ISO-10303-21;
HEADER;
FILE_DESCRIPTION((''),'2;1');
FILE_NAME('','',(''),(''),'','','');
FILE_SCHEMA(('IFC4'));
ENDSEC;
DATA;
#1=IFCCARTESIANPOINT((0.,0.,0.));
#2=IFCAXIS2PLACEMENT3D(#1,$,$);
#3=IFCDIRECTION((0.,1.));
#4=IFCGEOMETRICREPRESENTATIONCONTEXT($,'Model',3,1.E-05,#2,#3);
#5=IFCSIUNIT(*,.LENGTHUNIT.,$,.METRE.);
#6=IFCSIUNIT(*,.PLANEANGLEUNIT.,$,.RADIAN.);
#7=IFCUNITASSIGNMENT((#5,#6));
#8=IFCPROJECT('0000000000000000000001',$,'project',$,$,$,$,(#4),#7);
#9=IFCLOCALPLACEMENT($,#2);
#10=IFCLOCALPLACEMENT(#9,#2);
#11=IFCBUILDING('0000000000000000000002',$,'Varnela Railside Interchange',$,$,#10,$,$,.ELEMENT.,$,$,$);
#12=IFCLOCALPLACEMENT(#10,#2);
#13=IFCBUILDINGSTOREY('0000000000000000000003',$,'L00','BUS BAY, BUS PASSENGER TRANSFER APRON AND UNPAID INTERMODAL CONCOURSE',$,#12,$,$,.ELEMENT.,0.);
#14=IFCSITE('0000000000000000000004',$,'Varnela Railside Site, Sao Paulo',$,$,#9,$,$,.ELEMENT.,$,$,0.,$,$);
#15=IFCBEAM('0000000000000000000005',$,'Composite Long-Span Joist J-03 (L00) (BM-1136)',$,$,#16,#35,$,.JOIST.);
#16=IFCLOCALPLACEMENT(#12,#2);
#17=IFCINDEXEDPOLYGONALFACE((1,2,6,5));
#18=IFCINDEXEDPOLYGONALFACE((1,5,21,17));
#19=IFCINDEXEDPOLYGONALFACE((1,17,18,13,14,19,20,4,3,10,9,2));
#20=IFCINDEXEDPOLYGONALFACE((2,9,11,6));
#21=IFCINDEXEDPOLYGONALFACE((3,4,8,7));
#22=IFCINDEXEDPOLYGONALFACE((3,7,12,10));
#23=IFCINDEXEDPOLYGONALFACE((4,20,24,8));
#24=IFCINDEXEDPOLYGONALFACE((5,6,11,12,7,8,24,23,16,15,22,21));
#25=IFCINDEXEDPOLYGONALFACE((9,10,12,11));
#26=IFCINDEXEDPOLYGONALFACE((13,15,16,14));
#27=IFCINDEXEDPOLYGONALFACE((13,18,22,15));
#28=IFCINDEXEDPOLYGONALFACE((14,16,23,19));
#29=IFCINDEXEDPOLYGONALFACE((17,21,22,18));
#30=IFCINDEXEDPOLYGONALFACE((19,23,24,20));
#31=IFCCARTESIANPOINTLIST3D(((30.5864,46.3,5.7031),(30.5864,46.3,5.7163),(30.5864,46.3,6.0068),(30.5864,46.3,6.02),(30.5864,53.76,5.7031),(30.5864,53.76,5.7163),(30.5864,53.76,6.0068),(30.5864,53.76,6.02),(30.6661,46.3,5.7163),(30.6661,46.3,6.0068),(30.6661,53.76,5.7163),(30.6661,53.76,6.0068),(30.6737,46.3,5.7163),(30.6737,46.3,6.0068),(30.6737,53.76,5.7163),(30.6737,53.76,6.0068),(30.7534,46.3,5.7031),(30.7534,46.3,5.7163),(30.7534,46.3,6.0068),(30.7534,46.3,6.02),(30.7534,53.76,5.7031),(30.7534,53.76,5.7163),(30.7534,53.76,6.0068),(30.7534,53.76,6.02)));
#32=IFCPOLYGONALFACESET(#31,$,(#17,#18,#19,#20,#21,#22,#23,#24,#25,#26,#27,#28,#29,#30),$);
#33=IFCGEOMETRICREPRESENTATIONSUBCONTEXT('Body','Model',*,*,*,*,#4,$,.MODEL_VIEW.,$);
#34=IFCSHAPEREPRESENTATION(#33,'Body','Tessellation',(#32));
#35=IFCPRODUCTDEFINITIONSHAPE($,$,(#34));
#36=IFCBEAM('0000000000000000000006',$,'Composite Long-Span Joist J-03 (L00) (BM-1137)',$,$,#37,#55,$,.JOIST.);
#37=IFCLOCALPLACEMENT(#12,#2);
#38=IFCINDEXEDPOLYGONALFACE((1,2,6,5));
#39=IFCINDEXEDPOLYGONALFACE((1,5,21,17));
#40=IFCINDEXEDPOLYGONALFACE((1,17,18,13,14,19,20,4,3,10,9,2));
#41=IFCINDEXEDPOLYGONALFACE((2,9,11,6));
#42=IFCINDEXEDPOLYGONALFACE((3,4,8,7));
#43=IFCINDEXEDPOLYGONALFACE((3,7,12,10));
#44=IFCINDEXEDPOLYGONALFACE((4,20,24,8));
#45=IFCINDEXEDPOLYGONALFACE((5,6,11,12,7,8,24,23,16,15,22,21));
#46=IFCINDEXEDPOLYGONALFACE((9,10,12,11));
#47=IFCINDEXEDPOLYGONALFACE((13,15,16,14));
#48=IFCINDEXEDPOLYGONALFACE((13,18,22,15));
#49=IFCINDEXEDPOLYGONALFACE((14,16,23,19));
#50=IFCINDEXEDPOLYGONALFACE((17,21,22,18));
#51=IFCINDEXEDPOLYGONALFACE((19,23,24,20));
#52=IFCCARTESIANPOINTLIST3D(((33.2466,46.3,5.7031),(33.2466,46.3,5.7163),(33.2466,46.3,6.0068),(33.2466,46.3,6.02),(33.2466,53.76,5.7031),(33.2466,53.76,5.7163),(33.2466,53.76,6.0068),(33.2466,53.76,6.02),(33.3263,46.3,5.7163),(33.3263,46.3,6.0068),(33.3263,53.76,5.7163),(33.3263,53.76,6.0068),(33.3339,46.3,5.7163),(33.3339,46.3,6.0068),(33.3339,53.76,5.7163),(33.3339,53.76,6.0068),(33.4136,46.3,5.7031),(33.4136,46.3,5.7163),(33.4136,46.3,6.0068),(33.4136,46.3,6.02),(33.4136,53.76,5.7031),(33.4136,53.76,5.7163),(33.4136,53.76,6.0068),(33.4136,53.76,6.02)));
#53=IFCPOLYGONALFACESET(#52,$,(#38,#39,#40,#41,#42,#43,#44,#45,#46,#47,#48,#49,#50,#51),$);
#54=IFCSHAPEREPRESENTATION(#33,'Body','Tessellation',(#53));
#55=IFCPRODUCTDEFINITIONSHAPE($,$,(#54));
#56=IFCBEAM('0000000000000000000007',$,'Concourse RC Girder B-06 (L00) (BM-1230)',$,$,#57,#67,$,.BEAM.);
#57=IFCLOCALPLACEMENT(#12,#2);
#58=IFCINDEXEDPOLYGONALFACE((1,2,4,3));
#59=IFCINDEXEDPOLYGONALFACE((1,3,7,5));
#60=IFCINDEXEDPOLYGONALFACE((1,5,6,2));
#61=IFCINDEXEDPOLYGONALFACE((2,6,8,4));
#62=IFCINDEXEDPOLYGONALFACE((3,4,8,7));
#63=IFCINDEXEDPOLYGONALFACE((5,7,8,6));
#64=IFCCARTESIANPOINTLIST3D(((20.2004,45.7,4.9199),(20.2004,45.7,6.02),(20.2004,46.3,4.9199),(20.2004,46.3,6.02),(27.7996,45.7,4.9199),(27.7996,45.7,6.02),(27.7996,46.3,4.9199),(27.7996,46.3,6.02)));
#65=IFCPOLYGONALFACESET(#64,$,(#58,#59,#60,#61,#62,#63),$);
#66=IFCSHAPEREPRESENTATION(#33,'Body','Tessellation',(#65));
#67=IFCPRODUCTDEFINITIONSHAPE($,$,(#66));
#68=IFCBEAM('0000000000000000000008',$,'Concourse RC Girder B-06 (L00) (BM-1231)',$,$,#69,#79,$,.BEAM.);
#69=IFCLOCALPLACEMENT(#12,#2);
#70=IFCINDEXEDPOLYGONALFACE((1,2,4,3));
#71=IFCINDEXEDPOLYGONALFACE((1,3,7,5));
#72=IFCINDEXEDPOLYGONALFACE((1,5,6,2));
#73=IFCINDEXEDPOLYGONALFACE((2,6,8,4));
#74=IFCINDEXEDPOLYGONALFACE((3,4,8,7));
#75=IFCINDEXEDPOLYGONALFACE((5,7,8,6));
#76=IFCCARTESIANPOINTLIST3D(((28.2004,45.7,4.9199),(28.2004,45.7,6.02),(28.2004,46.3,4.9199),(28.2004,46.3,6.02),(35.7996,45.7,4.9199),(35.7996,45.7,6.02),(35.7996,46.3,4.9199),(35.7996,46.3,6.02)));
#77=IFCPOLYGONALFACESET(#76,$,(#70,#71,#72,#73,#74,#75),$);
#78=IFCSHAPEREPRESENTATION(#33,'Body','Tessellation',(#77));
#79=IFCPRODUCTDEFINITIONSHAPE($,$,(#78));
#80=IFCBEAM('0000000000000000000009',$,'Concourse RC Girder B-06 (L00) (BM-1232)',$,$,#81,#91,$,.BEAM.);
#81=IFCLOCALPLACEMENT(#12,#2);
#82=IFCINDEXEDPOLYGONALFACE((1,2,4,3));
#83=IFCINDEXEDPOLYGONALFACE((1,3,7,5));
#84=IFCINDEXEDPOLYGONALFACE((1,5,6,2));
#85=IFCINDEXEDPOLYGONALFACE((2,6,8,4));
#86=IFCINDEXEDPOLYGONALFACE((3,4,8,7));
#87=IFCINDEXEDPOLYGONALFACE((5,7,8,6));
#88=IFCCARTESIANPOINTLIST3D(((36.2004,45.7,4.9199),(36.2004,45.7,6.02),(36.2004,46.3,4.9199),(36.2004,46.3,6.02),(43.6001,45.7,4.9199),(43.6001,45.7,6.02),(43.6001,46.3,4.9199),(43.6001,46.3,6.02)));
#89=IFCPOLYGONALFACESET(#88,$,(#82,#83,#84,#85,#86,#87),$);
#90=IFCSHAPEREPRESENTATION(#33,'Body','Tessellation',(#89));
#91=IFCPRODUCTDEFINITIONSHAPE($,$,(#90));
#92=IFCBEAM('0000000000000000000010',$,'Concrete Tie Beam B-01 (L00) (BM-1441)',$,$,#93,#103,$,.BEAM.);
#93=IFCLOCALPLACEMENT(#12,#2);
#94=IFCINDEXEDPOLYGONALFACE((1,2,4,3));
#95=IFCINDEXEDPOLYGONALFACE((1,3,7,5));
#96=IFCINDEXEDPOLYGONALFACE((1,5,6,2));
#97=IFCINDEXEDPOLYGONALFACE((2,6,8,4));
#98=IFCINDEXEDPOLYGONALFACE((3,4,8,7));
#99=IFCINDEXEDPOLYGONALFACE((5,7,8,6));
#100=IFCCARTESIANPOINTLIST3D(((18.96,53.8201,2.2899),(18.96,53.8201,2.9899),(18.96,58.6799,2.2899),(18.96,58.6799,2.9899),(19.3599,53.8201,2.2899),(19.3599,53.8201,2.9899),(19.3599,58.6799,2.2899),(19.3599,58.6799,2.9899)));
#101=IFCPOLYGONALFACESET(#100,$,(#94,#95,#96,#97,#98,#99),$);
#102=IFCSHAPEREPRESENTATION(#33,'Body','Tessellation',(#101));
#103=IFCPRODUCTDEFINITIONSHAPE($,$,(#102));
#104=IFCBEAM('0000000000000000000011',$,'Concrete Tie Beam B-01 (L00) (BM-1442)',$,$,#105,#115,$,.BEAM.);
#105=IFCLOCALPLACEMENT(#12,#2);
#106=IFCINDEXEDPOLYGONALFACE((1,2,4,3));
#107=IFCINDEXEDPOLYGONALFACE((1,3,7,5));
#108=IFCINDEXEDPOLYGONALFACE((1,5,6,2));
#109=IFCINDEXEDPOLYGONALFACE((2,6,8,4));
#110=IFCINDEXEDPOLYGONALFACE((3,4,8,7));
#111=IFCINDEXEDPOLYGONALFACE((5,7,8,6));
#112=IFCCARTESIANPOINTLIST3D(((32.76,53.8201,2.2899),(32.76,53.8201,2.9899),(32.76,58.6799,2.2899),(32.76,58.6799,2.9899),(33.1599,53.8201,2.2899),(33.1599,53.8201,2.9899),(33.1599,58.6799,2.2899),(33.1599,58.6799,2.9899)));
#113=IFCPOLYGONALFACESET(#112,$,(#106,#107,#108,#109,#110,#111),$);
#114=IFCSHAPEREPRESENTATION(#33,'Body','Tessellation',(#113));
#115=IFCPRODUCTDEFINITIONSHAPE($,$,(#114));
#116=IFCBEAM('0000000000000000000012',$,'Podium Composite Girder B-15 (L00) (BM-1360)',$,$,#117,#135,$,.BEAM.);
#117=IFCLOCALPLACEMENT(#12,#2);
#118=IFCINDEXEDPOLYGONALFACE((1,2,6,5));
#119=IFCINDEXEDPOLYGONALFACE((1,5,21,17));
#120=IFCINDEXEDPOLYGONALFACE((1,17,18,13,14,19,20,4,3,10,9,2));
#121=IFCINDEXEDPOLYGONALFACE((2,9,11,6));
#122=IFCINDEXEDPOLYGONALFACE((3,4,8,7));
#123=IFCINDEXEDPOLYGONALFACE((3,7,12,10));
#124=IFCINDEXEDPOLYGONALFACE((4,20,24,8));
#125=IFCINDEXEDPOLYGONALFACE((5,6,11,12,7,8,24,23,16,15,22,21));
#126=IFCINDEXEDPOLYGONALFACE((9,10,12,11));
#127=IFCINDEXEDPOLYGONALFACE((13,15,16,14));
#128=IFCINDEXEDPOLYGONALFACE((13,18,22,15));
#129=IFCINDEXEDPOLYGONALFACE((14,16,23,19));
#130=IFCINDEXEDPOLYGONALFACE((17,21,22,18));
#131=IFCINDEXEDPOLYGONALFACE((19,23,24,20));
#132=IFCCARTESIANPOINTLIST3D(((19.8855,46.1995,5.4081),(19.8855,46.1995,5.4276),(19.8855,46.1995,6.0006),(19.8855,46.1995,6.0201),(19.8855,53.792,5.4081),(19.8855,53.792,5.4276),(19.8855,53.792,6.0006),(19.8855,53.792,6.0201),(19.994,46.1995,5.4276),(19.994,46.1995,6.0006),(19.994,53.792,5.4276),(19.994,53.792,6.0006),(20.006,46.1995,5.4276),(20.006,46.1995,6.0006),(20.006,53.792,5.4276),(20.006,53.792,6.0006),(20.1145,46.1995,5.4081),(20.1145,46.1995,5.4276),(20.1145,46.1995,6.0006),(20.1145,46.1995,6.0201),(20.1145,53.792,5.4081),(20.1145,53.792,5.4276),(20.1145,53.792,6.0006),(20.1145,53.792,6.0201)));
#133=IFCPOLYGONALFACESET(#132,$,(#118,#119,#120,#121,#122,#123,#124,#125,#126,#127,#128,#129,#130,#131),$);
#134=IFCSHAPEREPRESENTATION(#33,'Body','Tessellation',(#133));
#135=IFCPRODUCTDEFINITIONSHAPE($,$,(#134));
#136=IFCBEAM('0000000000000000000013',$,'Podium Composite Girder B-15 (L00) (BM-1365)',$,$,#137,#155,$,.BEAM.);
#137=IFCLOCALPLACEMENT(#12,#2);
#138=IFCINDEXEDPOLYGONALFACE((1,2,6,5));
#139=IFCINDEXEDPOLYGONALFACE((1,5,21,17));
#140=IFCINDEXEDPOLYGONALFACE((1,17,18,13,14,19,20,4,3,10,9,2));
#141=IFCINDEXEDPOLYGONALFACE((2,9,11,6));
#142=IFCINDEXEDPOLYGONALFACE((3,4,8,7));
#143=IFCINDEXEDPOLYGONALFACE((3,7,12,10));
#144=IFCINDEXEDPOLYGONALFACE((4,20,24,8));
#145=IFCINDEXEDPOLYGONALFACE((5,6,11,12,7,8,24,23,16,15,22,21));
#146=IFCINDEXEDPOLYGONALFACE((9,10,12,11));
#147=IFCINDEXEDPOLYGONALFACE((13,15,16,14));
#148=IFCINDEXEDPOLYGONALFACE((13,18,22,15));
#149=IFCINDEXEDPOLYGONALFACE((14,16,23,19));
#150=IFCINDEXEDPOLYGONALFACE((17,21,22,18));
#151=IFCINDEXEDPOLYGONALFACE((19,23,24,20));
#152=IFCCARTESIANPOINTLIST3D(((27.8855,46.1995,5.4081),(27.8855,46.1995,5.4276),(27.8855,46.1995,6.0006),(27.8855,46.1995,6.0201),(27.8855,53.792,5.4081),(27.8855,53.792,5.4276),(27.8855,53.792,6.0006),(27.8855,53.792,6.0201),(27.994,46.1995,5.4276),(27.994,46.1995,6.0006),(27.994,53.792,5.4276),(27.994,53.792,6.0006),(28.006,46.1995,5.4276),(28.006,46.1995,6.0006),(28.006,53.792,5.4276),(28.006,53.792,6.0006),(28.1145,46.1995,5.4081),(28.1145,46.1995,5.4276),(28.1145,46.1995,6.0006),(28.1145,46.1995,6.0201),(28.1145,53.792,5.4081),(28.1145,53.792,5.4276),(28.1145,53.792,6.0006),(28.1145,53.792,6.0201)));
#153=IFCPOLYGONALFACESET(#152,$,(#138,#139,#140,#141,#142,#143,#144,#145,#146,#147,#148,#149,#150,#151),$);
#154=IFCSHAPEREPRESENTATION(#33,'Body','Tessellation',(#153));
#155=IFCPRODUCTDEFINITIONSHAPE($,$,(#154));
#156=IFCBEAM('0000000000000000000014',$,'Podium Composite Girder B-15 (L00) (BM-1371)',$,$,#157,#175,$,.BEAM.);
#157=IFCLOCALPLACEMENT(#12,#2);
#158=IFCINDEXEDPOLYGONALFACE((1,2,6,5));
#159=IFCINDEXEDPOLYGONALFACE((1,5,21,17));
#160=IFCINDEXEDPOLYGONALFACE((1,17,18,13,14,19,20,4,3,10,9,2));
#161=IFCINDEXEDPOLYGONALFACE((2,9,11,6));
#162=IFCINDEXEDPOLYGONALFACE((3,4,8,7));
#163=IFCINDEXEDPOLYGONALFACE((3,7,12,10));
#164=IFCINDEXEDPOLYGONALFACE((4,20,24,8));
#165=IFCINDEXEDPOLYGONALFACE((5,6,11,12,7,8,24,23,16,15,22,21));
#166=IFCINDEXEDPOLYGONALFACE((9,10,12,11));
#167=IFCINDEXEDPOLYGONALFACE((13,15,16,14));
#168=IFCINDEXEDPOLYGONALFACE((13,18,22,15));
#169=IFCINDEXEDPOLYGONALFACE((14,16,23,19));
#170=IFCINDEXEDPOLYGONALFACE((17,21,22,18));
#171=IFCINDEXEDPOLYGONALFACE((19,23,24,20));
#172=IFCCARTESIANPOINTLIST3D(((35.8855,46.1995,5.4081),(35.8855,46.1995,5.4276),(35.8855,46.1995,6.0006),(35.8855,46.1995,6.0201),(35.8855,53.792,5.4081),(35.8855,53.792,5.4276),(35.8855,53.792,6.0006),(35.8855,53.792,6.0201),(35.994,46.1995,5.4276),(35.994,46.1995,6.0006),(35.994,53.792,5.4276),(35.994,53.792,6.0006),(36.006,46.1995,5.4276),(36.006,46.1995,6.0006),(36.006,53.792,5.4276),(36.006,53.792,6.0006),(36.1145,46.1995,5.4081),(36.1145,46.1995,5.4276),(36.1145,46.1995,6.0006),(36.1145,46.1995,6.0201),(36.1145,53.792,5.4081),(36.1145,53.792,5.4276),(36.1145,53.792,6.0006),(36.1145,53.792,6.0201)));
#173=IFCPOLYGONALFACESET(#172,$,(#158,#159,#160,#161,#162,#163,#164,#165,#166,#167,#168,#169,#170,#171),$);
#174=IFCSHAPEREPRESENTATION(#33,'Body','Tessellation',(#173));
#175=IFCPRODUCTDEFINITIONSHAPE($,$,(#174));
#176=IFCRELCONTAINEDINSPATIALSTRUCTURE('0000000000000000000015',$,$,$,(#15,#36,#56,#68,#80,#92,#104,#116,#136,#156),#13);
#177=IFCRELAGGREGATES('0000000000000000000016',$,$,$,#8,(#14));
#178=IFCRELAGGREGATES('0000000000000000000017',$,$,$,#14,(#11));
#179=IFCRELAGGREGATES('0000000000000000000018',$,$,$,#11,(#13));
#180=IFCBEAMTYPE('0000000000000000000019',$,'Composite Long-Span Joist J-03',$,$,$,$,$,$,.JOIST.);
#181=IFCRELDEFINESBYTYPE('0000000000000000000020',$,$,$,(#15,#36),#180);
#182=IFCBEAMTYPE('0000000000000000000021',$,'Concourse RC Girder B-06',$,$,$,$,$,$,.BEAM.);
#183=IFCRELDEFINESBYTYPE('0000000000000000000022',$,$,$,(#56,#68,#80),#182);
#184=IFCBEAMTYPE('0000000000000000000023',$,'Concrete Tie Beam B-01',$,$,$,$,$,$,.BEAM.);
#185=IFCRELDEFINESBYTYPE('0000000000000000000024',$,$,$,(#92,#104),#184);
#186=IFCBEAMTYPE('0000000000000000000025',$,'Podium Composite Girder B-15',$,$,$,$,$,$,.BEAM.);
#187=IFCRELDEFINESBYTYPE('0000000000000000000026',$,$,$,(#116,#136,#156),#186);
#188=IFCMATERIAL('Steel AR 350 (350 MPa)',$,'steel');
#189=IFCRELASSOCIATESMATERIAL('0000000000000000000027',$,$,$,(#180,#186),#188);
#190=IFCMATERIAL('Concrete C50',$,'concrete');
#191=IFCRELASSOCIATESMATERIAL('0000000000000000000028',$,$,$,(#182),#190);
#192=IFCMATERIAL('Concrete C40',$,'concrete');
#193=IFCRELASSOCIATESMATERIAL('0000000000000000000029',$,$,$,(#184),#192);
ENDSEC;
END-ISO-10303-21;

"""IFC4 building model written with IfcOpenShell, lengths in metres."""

from ifc_helpers import new_model, si_unit, direction, frame, origin, origin_2d, place, context, subcontext, project, spatial, rectangle, i_section, extrude, material, material_profile, profile_set, type_object, element, save


model = new_model("IFC4")

# Units and contexts
model_context = context("Model", 3, precision=1e-05, world=origin(), true_north=direction((0.0, 1.0)))
body_context = subcontext(model_context, "Body", "Model", "MODEL_VIEW")
ifc_project = project(units=[si_unit("LENGTHUNIT", "METRE"), si_unit("PLANEANGLEUNIT", "RADIAN")], contexts=[model_context])

# Site, building, storey
site_placement = place(None, origin())
site = spatial("IfcSite", under=ifc_project, at=site_placement, Name="Varnela Railside Site, Sao Paulo", CompositionType="ELEMENT", RefElevation=0.0)
building_placement = place(site_placement, origin())
building = spatial("IfcBuilding", under=site, at=building_placement, Name="Varnela Railside Interchange", CompositionType="ELEMENT")
storey_placement = place(building_placement, origin())
storey = spatial("IfcBuildingStorey", under=building, at=storey_placement, Name="L00", Description="BUS BAY, BUS PASSENGER TRANSFER APRON AND UNPAID INTERMODAL CONCOURSE", CompositionType="ELEMENT", Elevation=0.0)

# Shared definitions
ifc_material_1 = material(Name="Steel AR 350 (350 MPa)", Category="steel")

# Beams
ifc_material_profile_1 = material_profile(ifc_material_1, i_section(OverallWidth=0.167, OverallDepth=0.3169, WebThickness=0.0076, FlangeThickness=0.0132, at=origin_2d()), Name="W310x52")
ifc_profile_set_1 = profile_set([ifc_material_profile_1], Name="Steel AR 350 (350 MPa)")
beam_type_1 = type_object("IfcBeamType", Name="Composite Long-Span Joist J-03", PredefinedType="JOIST", material=ifc_profile_set_1)
for number, where, z_axis, x_axis, name in (
    (1, (30.6699, 46.3, 5.8616), (0.0, 1.0, 0.0), (-1.0, 0.0, 0.0), "Composite Long-Span Joist J-03 (L00) (BM-1136)"),
    (2, (33.3301, 46.3, 5.8616), (0.0, 1.0, 0.0), (-1.0, 0.0, 0.0), "Composite Long-Span Joist J-03 (L00) (BM-1137)"),
):
    element("IfcBeam", number, at=place(storey_placement, frame(where, z_axis=z_axis, x_axis=x_axis)), inside=storey, type_object=beam_type_1, Name=name, PredefinedType="JOIST", context=body_context, shape_type="SweptSolid", body=[
        extrude(i_section(OverallWidth=0.167, OverallDepth=0.3169, WebThickness=0.0076, FlangeThickness=0.0132, at=origin_2d()), origin(), (0.0, 0.0, 1.0), 7.46),
    ])
ifc_material_2 = material(Name="Concrete C50", Category="concrete")
ifc_material_profile_2 = material_profile(ifc_material_2, rectangle(XDim=0.6001, YDim=1.1001, at=origin_2d()), Name="RC 600x1100")
ifc_profile_set_2 = profile_set([ifc_material_profile_2], Name="Concrete C50")
beam_type_2 = type_object("IfcBeamType", Name="Concourse RC Girder B-06", PredefinedType="BEAM", material=ifc_profile_set_2)
for number, where, z_axis, x_axis, name in (
    (3, (20.2004, 46.0, 5.47), (1.0, 0.0, 0.0), (0.0, 1.0, 0.0), "Concourse RC Girder B-06 (L00) (BM-1230)"),
    (4, (28.2004, 46.0, 5.47), (1.0, 0.0, 0.0), (0.0, 1.0, 0.0), "Concourse RC Girder B-06 (L00) (BM-1231)"),
):
    element("IfcBeam", number, at=place(storey_placement, frame(where, z_axis=z_axis, x_axis=x_axis)), inside=storey, type_object=beam_type_2, Name=name, PredefinedType="BEAM", context=body_context, shape_type="SweptSolid", body=[
        extrude(rectangle(XDim=0.6001, YDim=1.1001, at=origin_2d()), origin(), (0.0, 0.0, 1.0), 7.5991),
    ])
beam_placement = place(storey_placement, frame((36.2004, 46.0, 5.47), z_axis=(1.0, 0.0, 0.0), x_axis=(0.0, 1.0, 0.0)))
element("IfcBeam", 5, at=beam_placement, inside=storey, type_object=beam_type_2, Name="Concourse RC Girder B-06 (L00) (BM-1232)", PredefinedType="BEAM", context=body_context, shape_type="SweptSolid", body=[
    extrude(rectangle(XDim=0.6001, YDim=1.1001, at=origin_2d()), origin(), (0.0, 0.0, 1.0), 7.3997),
])
ifc_material_3 = material(Name="Concrete C40", Category="concrete")
ifc_material_profile_3 = material_profile(ifc_material_3, rectangle(XDim=0.3999, YDim=0.7, at=origin_2d()), Name="RC 400x700")
ifc_profile_set_3 = profile_set([ifc_material_profile_3], Name="Concrete C40")
beam_type_3 = type_object("IfcBeamType", Name="Concrete Tie Beam B-01", PredefinedType="BEAM", material=ifc_profile_set_3)
for number, where, z_axis, x_axis, name in (
    (6, (19.1599, 53.8201, 2.6399), (0.0, 1.0, 0.0), (-1.0, 0.0, 0.0), "Concrete Tie Beam B-01 (L00) (BM-1441)"),
    (7, (32.96, 53.8201, 2.6399), (0.0, 1.0, 0.0), (-1.0, 0.0, 0.0), "Concrete Tie Beam B-01 (L00) (BM-1442)"),
):
    element("IfcBeam", number, at=place(storey_placement, frame(where, z_axis=z_axis, x_axis=x_axis)), inside=storey, type_object=beam_type_3, Name=name, PredefinedType="BEAM", context=body_context, shape_type="SweptSolid", body=[
        extrude(rectangle(XDim=0.3999, YDim=0.7, at=origin_2d()), origin(), (0.0, 0.0, 1.0), 4.8599),
    ])
ifc_material_profile_4 = material_profile(ifc_material_1, i_section(OverallWidth=0.229, OverallDepth=0.6121, WebThickness=0.012, FlangeThickness=0.0195, at=origin_2d()), Name="W610x125")
ifc_profile_set_4 = profile_set([ifc_material_profile_4], Name="Steel AR 350 (350 MPa)")
beam_type_4 = type_object("IfcBeamType", Name="Podium Composite Girder B-15", PredefinedType="BEAM", material=ifc_profile_set_4)
for number, where, z_axis, x_axis, name in (
    (8, (20.0, 46.1995, 5.7141), (0.0, 1.0, 0.0), (-1.0, 0.0, 0.0), "Podium Composite Girder B-15 (L00) (BM-1360)"),
    (9, (28.0, 46.1995, 5.7141), (0.0, 1.0, 0.0), (-1.0, 0.0, 0.0), "Podium Composite Girder B-15 (L00) (BM-1365)"),
    (10, (36.0, 46.1995, 5.7141), (0.0, 1.0, 0.0), (-1.0, 0.0, 0.0), "Podium Composite Girder B-15 (L00) (BM-1371)"),
):
    element("IfcBeam", number, at=place(storey_placement, frame(where, z_axis=z_axis, x_axis=x_axis)), inside=storey, type_object=beam_type_4, Name=name, PredefinedType="BEAM", context=body_context, shape_type="SweptSolid", body=[
        extrude(i_section(OverallWidth=0.229, OverallDepth=0.6121, WebThickness=0.012, FlangeThickness=0.0195, at=origin_2d()), origin(), (0.0, 0.0, 1.0), 7.5925),
    ])

save(model, "model.ifc")
